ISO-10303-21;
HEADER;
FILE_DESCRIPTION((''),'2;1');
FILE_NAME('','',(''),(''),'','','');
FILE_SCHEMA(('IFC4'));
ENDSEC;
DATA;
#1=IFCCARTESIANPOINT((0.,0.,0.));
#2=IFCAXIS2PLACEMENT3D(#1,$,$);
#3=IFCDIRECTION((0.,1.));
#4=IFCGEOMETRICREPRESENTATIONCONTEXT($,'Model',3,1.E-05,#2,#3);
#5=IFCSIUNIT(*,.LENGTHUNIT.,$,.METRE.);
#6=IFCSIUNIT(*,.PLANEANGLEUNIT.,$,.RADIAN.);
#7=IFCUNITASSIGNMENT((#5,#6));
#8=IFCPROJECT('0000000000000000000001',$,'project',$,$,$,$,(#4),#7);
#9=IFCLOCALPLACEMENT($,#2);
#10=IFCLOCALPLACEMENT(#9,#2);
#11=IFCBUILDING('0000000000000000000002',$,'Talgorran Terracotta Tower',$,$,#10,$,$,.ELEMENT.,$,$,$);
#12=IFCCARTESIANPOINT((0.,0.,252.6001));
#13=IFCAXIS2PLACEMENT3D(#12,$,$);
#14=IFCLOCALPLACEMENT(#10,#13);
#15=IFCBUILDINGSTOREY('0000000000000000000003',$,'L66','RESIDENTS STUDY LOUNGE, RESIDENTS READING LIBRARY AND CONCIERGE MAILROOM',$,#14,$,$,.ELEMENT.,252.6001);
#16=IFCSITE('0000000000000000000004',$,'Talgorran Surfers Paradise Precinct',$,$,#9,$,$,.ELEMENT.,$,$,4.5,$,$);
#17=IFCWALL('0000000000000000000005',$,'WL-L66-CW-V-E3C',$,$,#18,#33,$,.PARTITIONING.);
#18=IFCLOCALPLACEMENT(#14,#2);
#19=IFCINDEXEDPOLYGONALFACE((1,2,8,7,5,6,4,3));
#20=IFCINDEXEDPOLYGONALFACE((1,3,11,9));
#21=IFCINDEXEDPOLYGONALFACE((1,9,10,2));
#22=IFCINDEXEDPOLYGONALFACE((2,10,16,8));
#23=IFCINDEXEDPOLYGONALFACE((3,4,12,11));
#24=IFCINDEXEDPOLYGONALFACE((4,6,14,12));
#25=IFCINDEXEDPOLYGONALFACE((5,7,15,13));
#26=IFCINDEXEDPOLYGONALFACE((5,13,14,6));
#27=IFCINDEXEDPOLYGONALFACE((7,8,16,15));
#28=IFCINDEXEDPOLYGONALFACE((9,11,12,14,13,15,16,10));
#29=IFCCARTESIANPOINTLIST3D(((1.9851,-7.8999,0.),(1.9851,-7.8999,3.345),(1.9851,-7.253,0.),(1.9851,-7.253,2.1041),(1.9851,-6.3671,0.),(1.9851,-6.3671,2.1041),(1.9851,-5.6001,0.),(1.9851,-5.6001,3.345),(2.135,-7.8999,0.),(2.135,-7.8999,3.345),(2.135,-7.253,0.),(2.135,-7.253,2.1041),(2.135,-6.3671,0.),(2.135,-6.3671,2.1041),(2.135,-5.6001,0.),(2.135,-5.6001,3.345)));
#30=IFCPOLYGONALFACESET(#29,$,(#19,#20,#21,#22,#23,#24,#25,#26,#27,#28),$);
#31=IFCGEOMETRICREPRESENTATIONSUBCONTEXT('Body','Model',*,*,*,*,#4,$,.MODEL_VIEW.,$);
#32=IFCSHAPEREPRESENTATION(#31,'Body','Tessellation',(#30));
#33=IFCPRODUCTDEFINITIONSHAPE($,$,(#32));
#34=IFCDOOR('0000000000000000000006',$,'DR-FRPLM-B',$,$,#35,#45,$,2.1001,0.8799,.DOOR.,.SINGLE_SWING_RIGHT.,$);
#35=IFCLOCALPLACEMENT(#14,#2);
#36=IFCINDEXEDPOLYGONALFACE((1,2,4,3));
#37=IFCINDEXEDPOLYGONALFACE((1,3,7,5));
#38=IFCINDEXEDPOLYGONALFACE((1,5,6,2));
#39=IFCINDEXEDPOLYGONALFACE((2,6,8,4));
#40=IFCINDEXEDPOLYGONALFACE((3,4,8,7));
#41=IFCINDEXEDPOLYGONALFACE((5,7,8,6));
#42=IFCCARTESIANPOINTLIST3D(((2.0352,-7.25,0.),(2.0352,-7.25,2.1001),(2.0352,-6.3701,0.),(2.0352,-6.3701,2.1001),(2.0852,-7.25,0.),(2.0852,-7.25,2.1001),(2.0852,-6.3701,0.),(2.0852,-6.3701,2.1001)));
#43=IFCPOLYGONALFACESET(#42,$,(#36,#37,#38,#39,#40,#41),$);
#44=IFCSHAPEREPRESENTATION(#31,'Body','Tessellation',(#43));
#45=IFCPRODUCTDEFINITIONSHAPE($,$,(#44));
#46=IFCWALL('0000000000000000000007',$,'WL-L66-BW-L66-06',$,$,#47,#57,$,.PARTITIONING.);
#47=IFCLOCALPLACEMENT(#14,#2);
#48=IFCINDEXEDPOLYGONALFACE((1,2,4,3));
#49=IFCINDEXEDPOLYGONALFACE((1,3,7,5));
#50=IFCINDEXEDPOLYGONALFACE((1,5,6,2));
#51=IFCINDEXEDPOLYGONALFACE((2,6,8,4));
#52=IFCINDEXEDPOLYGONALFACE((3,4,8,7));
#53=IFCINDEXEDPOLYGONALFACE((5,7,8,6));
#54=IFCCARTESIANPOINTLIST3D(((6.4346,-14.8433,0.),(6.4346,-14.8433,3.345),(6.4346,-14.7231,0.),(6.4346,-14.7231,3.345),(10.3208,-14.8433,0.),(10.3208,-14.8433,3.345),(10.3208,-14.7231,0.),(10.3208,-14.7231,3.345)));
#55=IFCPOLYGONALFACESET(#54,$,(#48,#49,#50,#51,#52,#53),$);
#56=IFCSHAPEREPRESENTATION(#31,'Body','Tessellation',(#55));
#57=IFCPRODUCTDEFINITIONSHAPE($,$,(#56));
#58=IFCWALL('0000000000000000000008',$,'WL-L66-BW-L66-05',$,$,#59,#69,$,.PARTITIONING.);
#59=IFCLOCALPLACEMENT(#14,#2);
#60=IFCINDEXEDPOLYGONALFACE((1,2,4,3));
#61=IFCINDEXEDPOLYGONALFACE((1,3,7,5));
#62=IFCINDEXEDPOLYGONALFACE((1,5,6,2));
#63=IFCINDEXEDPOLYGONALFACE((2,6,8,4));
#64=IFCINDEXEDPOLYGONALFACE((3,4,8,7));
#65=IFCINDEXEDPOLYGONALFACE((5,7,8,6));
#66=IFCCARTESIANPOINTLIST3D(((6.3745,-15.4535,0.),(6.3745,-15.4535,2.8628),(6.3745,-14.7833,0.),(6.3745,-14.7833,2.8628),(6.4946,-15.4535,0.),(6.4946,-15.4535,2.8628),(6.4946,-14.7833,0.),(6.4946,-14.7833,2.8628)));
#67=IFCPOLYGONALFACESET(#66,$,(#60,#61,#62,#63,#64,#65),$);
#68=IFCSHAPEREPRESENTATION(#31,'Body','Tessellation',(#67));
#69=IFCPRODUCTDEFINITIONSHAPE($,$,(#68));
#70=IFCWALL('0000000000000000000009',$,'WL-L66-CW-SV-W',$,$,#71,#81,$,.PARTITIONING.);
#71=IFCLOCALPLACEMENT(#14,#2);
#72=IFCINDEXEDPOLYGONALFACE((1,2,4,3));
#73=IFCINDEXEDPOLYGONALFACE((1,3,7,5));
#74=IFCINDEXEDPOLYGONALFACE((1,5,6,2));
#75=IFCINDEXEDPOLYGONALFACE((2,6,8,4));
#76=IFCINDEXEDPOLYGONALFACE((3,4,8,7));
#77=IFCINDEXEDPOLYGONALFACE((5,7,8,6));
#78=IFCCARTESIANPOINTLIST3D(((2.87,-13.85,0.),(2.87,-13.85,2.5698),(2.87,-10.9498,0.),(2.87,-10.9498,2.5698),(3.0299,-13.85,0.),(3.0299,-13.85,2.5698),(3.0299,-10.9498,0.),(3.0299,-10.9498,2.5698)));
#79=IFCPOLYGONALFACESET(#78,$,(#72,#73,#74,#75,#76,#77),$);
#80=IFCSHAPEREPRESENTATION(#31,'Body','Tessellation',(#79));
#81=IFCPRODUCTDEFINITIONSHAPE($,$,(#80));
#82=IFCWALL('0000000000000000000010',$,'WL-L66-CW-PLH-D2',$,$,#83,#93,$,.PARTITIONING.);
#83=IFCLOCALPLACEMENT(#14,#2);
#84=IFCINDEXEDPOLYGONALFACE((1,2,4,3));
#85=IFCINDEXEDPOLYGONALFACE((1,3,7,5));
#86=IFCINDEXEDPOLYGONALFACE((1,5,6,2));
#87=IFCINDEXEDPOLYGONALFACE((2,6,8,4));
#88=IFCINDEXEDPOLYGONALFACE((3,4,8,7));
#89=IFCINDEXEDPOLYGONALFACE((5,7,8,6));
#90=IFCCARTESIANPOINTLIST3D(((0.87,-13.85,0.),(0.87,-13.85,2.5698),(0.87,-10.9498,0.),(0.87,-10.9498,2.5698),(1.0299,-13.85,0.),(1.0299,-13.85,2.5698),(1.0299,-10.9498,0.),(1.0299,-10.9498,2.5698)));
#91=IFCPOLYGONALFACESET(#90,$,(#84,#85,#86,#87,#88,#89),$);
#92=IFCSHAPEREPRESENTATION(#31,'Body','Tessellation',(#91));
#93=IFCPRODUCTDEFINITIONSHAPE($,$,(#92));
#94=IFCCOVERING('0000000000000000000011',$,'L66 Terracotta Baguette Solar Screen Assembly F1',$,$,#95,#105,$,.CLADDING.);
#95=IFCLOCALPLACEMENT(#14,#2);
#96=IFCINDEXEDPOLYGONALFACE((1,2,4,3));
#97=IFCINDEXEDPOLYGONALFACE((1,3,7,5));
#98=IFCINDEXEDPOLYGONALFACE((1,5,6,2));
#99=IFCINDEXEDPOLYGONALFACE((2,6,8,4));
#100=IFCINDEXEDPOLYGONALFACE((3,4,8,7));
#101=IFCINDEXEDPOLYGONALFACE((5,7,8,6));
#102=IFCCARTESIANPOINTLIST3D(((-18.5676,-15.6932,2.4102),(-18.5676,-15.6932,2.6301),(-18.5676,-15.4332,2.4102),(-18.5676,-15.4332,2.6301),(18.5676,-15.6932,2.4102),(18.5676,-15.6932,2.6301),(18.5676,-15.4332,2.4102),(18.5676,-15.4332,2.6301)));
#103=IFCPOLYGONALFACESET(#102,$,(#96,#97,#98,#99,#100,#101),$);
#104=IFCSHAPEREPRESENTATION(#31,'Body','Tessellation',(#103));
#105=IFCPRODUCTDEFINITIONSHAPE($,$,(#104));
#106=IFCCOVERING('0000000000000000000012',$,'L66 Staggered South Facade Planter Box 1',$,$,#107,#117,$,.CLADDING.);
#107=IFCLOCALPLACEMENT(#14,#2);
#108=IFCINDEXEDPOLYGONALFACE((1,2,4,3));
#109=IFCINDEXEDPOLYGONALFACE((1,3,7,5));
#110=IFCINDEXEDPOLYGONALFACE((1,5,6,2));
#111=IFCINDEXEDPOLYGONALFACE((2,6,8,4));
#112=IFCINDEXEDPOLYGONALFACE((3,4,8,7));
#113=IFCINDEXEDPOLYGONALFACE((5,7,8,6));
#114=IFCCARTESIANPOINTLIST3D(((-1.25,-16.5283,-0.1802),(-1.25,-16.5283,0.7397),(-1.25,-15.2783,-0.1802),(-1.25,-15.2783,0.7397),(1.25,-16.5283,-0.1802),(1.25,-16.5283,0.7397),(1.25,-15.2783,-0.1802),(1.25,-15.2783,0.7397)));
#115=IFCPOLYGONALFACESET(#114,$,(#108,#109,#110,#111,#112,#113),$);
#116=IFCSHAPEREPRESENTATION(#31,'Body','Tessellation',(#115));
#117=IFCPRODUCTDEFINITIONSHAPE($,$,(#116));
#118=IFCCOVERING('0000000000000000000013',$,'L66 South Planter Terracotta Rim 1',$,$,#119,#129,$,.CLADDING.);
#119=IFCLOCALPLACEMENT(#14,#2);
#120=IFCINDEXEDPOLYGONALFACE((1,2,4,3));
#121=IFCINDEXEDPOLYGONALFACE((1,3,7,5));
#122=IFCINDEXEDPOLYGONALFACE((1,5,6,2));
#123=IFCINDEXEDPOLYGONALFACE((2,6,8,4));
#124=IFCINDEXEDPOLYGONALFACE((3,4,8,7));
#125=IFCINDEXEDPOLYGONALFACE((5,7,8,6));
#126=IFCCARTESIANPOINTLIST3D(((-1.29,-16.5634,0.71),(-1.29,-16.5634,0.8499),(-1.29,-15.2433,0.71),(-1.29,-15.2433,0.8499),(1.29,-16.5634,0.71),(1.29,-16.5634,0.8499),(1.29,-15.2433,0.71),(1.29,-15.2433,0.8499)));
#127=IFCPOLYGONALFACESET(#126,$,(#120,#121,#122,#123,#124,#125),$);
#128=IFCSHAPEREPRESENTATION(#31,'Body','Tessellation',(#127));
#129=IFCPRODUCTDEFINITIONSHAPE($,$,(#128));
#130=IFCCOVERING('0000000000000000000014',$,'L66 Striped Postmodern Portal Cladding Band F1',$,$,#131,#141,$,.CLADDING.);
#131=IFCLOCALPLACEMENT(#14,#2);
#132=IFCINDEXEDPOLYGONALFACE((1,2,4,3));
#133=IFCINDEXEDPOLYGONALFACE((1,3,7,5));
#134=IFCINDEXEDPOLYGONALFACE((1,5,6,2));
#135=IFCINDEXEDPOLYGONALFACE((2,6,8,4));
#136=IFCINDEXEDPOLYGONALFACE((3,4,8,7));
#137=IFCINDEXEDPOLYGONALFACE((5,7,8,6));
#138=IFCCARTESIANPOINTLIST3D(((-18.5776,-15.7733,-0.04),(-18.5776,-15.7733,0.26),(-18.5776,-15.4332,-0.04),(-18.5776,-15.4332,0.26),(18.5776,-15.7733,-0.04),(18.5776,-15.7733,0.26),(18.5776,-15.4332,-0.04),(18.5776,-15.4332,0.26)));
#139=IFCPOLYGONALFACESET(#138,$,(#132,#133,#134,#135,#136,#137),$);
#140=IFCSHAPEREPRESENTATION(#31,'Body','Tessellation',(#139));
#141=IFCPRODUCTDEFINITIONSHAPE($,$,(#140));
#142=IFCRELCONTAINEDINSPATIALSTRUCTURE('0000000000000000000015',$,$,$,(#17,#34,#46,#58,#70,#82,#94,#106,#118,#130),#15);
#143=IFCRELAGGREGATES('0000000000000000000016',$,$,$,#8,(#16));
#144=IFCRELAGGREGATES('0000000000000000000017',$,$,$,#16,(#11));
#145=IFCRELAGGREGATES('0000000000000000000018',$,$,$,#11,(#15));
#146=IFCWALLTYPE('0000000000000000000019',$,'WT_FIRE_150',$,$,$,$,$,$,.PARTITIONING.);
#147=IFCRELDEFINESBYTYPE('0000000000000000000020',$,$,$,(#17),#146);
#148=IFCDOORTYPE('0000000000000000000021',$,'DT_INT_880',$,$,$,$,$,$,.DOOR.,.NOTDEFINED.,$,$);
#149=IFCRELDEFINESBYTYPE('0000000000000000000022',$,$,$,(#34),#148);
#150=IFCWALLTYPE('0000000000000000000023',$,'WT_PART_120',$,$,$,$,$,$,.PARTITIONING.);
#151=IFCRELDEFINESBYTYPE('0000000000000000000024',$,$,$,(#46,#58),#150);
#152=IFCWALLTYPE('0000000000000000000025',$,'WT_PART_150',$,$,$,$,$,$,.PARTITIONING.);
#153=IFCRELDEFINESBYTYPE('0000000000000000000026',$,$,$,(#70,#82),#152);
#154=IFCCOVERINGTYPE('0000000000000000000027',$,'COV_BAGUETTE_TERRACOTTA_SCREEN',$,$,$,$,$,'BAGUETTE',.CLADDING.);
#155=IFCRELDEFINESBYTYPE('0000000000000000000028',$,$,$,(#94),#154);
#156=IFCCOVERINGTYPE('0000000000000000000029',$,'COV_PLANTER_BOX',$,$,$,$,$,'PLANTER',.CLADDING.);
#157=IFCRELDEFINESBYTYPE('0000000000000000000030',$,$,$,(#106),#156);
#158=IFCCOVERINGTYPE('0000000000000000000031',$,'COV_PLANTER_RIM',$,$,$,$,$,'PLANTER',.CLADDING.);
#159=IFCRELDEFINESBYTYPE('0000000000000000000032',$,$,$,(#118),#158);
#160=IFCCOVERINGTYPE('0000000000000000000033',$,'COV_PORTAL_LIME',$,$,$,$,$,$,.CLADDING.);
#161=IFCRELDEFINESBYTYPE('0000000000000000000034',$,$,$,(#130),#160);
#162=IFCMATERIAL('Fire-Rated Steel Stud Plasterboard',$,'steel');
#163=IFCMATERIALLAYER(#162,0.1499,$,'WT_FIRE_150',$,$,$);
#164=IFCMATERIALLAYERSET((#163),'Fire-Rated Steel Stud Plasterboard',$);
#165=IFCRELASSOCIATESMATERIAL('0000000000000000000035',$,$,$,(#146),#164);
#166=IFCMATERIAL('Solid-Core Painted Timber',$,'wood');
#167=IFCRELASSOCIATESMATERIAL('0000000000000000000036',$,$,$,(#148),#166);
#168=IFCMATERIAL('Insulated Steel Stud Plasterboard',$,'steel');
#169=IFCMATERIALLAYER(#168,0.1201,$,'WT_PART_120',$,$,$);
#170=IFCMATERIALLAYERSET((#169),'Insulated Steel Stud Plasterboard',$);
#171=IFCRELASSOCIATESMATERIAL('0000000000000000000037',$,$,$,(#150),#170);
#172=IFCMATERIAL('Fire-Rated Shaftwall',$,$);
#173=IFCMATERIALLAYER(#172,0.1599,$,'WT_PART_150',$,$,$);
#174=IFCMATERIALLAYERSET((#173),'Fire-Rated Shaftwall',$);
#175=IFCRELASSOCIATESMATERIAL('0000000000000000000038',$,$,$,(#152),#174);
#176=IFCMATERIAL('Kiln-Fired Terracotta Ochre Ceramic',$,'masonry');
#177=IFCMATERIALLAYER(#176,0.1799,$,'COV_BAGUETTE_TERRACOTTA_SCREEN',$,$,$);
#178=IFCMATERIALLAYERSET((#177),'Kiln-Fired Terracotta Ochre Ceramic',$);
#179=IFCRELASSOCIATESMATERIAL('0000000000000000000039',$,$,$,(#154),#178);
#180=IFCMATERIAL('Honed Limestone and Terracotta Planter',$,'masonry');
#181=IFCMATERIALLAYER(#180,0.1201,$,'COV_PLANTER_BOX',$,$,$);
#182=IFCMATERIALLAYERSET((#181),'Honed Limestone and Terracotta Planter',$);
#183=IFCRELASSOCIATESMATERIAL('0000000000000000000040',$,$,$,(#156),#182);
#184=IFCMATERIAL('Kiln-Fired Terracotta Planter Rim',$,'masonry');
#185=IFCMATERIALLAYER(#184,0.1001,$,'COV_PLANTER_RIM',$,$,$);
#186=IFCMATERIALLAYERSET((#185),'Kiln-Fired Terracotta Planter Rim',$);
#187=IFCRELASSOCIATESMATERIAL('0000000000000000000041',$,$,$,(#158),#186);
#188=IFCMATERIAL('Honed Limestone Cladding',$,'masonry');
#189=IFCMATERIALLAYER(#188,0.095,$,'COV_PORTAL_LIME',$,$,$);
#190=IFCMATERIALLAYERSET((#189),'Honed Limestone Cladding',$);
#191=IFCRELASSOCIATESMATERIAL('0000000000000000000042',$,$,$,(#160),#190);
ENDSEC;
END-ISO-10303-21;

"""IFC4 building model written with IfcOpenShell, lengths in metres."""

from ifc_helpers import new_model, si_unit, direction, frame, frame_2d, origin, origin_2d, place, context, subcontext, project, spatial, rectangle, extrude, material, layer, layer_set, type_object, element, fill, save


model = new_model("IFC4")

# Units and contexts
model_context = context("Model", 3, precision=1e-05, world=origin(), true_north=direction((0.0, 1.0)))
body_context = subcontext(model_context, "Body", "Model", "MODEL_VIEW")
ifc_project = project(units=[si_unit("LENGTHUNIT", "METRE"), si_unit("PLANEANGLEUNIT", "RADIAN")], contexts=[model_context])

# Site, building, storey
site_placement = place(None, origin())
site = spatial("IfcSite", under=ifc_project, at=site_placement, Name="Talgorran Surfers Paradise Precinct", CompositionType="ELEMENT", RefElevation=4.5)
building_placement = place(site_placement, origin())
building = spatial("IfcBuilding", under=site, at=building_placement, Name="Talgorran Terracotta Tower", CompositionType="ELEMENT")
storey_placement = place(building_placement, frame((0.0, 0.0, 252.6001)))
storey = spatial("IfcBuildingStorey", under=building, at=storey_placement, Name="L66", Description="RESIDENTS STUDY LOUNGE, RESIDENTS READING LIBRARY AND CONCIERGE MAILROOM", CompositionType="ELEMENT", Elevation=252.6001)

# Shared definitions
ifc_material_1 = material(Name="Fire-Rated Steel Stud Plasterboard", Category="steel")
ifc_layer_1 = layer(ifc_material_1, 0.1499, Name="WT_FIRE_150")
ifc_layer_set_1 = layer_set([ifc_layer_1], Name="Fire-Rated Steel Stud Plasterboard")
wall_type_1 = type_object("IfcWallType", Name="WT_FIRE_150", PredefinedType="PARTITIONING", material=ifc_layer_set_1)

# Wall, opening, door
wall_1_placement = place(storey_placement, frame((2.0601, -7.8999, 0.0), z_axis=(0.0, 0.0, 1.0), x_axis=(0.0, 1.0, 0.0)))
wall_1 = element("IfcWall", 1, at=wall_1_placement, inside=storey, type_object=wall_type_1, Name="WL-L66-CW-V-E3C", PredefinedType="PARTITIONING", context=body_context, shape_type="SweptSolid", body=[
    extrude(rectangle(XDim=2.2998, YDim=0.1499, at=frame_2d((1.1499, 0.0))), origin(), (0.0, 0.0, 1.0), 3.345),
])
opening_1_placement = place(wall_1_placement, frame((0.6499, 0.0, 0.0)))
opening_1 = element("IfcOpeningElement", 2, at=opening_1_placement, cuts=wall_1, PredefinedType="OPENING", context=body_context, shape_type="SweptSolid", body=[
    extrude(rectangle(XDim=0.8859, YDim=2.1041, at=frame_2d((0.4399, 1.052))), frame((0.0, 0.085, 0.0), z_axis=(0.0, -1.0, 0.0), x_axis=(1.0, 0.0, 0.0)), (0.0, 0.0, 1.0), 0.1699),
])
ifc_material_2 = material(Name="Solid-Core Painted Timber", Category="wood")
door_type_1 = type_object("IfcDoorType", Name="DT_INT_880", OperationType="NOTDEFINED", PredefinedType="DOOR", material=ifc_material_2)
door_1_placement = place(opening_1_placement, origin())
door_1 = element("IfcDoor", 3, at=door_1_placement, inside=storey, type_object=door_type_1, Name="DR-FRPLM-B", OperationType="SINGLE_SWING_RIGHT", OverallHeight=2.1001, OverallWidth=0.8799, PredefinedType="DOOR", context=body_context, shape_type="SweptSolid", body=[
    extrude(rectangle(XDim=0.8799, YDim=2.1001, at=frame_2d((0.4399, 1.05))), frame((0.0, 0.0249, 0.0), z_axis=(0.0, -1.0, 0.0), x_axis=(1.0, 0.0, 0.0)), (0.0, 0.0, 1.0), 0.05),
])
fill(opening_1, door_1)

# Walls
ifc_material_3 = material(Name="Insulated Steel Stud Plasterboard", Category="steel")
ifc_layer_2 = layer(ifc_material_3, 0.1201, Name="WT_PART_120")
ifc_layer_set_2 = layer_set([ifc_layer_2], Name="Insulated Steel Stud Plasterboard")
wall_type_2 = type_object("IfcWallType", Name="WT_PART_120", PredefinedType="PARTITIONING", material=ifc_layer_set_2)
wall_2_placement = place(storey_placement, frame((6.4346, -14.7832, 0.0), z_axis=(0.0, 0.0, 1.0), x_axis=(1.0, 0.0, 0.0)))
element("IfcWall", 4, at=wall_2_placement, inside=storey, type_object=wall_type_2, Name="WL-L66-BW-L66-06", PredefinedType="PARTITIONING", context=body_context, shape_type="SweptSolid", body=[
    extrude(rectangle(XDim=3.8862, YDim=0.1201, at=frame_2d((1.9431, 0.0))), origin(), (0.0, 0.0, 1.0), 3.345),
])
wall_3_placement = place(storey_placement, frame((6.4346, -15.4534, 0.0), z_axis=(0.0, 0.0, 1.0), x_axis=(0.0, 1.0, 0.0)))
element("IfcWall", 5, at=wall_3_placement, inside=storey, type_object=wall_type_2, Name="WL-L66-BW-L66-05", PredefinedType="PARTITIONING", context=body_context, shape_type="SweptSolid", body=[
    extrude(rectangle(XDim=0.6702, YDim=0.1201, at=frame_2d((0.335, 0.0))), origin(), (0.0, 0.0, 1.0), 2.8628),
])
ifc_material_4 = material(Name="Fire-Rated Shaftwall")
ifc_layer_3 = layer(ifc_material_4, 0.1599, Name="WT_PART_150")
ifc_layer_set_3 = layer_set([ifc_layer_3], Name="Fire-Rated Shaftwall")
wall_type_3 = type_object("IfcWallType", Name="WT_PART_150", PredefinedType="PARTITIONING", material=ifc_layer_set_3)
for number, where, z_axis, x_axis, name in (
    (6, (2.95, -13.8501, 0.0), (0.0, 0.0, 1.0), (0.0, 1.0, 0.0), "WL-L66-CW-SV-W"),
    (7, (0.95, -13.8501, 0.0), (0.0, 0.0, 1.0), (0.0, 1.0, 0.0), "WL-L66-CW-PLH-D2"),
):
    element("IfcWall", number, at=place(storey_placement, frame(where, z_axis=z_axis, x_axis=x_axis)), inside=storey, type_object=wall_type_3, Name=name, PredefinedType="PARTITIONING", context=body_context, shape_type="SweptSolid", body=[
        extrude(rectangle(XDim=2.9001, YDim=0.1599, at=frame_2d((1.4502, 0.0))), origin(), (0.0, 0.0, 1.0), 2.5698),
    ])

# Coverings
ifc_material_5 = material(Name="Kiln-Fired Terracotta Ochre Ceramic", Category="masonry")
ifc_layer_4 = layer(ifc_material_5, 0.1799, Name="COV_BAGUETTE_TERRACOTTA_SCREEN")
ifc_layer_set_4 = layer_set([ifc_layer_4], Name="Kiln-Fired Terracotta Ochre Ceramic")
covering_type_1 = type_object("IfcCoveringType", Name="COV_BAGUETTE_TERRACOTTA_SCREEN", ElementType="BAGUETTE", PredefinedType="CLADDING", material=ifc_layer_set_4)
covering_1_placement = place(storey_placement, frame((0.0, -15.5632, 2.4102), z_axis=(0.0, 0.0, 1.0), x_axis=(1.0, 0.0, 0.0)))
element("IfcCovering", 8, at=covering_1_placement, inside=storey, type_object=covering_type_1, Name="L66 Terracotta Baguette Solar Screen Assembly F1", PredefinedType="CLADDING", context=body_context, shape_type="SweptSolid", body=[
    extrude(rectangle(XDim=37.1353, YDim=0.26, at=origin_2d()), origin(), (0.0, 0.0, 1.0), 0.22),
])
ifc_material_6 = material(Name="Honed Limestone and Terracotta Planter", Category="masonry")
ifc_layer_5 = layer(ifc_material_6, 0.1201, Name="COV_PLANTER_BOX")
ifc_layer_set_5 = layer_set([ifc_layer_5], Name="Honed Limestone and Terracotta Planter")
covering_type_2 = type_object("IfcCoveringType", Name="COV_PLANTER_BOX", ElementType="PLANTER", PredefinedType="CLADDING", material=ifc_layer_set_5)
covering_2_placement = place(storey_placement, frame((0.0, -15.9033, -0.1802), z_axis=(0.0, 0.0, 1.0), x_axis=(1.0, 0.0, 0.0)))
element("IfcCovering", 9, at=covering_2_placement, inside=storey, type_object=covering_type_2, Name="L66 Staggered South Facade Planter Box 1", PredefinedType="CLADDING", context=body_context, shape_type="SweptSolid", body=[
    extrude(rectangle(XDim=2.5, YDim=1.25, at=origin_2d()), origin(), (0.0, 0.0, 1.0), 0.9199),
])
ifc_material_7 = material(Name="Kiln-Fired Terracotta Planter Rim", Category="masonry")
ifc_layer_6 = layer(ifc_material_7, 0.1001, Name="COV_PLANTER_RIM")
ifc_layer_set_6 = layer_set([ifc_layer_6], Name="Kiln-Fired Terracotta Planter Rim")
covering_type_3 = type_object("IfcCoveringType", Name="COV_PLANTER_RIM", ElementType="PLANTER", PredefinedType="CLADDING", material=ifc_layer_set_6)
covering_3_placement = place(storey_placement, frame((0.0, -15.9033, 0.71), z_axis=(0.0, 0.0, 1.0), x_axis=(1.0, 0.0, 0.0)))
element("IfcCovering", 10, at=covering_3_placement, inside=storey, type_object=covering_type_3, Name="L66 South Planter Terracotta Rim 1", PredefinedType="CLADDING", context=body_context, shape_type="SweptSolid", body=[
    extrude(rectangle(XDim=2.5801, YDim=1.3201, at=origin_2d()), origin(), (0.0, 0.0, 1.0), 0.1399),
])
ifc_material_8 = material(Name="Honed Limestone Cladding", Category="masonry")
ifc_layer_7 = layer(ifc_material_8, 0.095, Name="COV_PORTAL_LIME")
ifc_layer_set_7 = layer_set([ifc_layer_7], Name="Honed Limestone Cladding")
covering_type_4 = type_object("IfcCoveringType", Name="COV_PORTAL_LIME", PredefinedType="CLADDING", material=ifc_layer_set_7)
covering_4_placement = place(storey_placement, frame((0.0, -15.6033, -0.04), z_axis=(0.0, 0.0, 1.0), x_axis=(1.0, 0.0, 0.0)))
element("IfcCovering", 11, at=covering_4_placement, inside=storey, type_object=covering_type_4, Name="L66 Striped Postmodern Portal Cladding Band F1", PredefinedType="CLADDING", context=body_context, shape_type="SweptSolid", body=[
    extrude(rectangle(XDim=37.1553, YDim=0.3401, at=origin_2d()), origin(), (0.0, 0.0, 1.0), 0.3),
])

save(model, "model.ifc")
